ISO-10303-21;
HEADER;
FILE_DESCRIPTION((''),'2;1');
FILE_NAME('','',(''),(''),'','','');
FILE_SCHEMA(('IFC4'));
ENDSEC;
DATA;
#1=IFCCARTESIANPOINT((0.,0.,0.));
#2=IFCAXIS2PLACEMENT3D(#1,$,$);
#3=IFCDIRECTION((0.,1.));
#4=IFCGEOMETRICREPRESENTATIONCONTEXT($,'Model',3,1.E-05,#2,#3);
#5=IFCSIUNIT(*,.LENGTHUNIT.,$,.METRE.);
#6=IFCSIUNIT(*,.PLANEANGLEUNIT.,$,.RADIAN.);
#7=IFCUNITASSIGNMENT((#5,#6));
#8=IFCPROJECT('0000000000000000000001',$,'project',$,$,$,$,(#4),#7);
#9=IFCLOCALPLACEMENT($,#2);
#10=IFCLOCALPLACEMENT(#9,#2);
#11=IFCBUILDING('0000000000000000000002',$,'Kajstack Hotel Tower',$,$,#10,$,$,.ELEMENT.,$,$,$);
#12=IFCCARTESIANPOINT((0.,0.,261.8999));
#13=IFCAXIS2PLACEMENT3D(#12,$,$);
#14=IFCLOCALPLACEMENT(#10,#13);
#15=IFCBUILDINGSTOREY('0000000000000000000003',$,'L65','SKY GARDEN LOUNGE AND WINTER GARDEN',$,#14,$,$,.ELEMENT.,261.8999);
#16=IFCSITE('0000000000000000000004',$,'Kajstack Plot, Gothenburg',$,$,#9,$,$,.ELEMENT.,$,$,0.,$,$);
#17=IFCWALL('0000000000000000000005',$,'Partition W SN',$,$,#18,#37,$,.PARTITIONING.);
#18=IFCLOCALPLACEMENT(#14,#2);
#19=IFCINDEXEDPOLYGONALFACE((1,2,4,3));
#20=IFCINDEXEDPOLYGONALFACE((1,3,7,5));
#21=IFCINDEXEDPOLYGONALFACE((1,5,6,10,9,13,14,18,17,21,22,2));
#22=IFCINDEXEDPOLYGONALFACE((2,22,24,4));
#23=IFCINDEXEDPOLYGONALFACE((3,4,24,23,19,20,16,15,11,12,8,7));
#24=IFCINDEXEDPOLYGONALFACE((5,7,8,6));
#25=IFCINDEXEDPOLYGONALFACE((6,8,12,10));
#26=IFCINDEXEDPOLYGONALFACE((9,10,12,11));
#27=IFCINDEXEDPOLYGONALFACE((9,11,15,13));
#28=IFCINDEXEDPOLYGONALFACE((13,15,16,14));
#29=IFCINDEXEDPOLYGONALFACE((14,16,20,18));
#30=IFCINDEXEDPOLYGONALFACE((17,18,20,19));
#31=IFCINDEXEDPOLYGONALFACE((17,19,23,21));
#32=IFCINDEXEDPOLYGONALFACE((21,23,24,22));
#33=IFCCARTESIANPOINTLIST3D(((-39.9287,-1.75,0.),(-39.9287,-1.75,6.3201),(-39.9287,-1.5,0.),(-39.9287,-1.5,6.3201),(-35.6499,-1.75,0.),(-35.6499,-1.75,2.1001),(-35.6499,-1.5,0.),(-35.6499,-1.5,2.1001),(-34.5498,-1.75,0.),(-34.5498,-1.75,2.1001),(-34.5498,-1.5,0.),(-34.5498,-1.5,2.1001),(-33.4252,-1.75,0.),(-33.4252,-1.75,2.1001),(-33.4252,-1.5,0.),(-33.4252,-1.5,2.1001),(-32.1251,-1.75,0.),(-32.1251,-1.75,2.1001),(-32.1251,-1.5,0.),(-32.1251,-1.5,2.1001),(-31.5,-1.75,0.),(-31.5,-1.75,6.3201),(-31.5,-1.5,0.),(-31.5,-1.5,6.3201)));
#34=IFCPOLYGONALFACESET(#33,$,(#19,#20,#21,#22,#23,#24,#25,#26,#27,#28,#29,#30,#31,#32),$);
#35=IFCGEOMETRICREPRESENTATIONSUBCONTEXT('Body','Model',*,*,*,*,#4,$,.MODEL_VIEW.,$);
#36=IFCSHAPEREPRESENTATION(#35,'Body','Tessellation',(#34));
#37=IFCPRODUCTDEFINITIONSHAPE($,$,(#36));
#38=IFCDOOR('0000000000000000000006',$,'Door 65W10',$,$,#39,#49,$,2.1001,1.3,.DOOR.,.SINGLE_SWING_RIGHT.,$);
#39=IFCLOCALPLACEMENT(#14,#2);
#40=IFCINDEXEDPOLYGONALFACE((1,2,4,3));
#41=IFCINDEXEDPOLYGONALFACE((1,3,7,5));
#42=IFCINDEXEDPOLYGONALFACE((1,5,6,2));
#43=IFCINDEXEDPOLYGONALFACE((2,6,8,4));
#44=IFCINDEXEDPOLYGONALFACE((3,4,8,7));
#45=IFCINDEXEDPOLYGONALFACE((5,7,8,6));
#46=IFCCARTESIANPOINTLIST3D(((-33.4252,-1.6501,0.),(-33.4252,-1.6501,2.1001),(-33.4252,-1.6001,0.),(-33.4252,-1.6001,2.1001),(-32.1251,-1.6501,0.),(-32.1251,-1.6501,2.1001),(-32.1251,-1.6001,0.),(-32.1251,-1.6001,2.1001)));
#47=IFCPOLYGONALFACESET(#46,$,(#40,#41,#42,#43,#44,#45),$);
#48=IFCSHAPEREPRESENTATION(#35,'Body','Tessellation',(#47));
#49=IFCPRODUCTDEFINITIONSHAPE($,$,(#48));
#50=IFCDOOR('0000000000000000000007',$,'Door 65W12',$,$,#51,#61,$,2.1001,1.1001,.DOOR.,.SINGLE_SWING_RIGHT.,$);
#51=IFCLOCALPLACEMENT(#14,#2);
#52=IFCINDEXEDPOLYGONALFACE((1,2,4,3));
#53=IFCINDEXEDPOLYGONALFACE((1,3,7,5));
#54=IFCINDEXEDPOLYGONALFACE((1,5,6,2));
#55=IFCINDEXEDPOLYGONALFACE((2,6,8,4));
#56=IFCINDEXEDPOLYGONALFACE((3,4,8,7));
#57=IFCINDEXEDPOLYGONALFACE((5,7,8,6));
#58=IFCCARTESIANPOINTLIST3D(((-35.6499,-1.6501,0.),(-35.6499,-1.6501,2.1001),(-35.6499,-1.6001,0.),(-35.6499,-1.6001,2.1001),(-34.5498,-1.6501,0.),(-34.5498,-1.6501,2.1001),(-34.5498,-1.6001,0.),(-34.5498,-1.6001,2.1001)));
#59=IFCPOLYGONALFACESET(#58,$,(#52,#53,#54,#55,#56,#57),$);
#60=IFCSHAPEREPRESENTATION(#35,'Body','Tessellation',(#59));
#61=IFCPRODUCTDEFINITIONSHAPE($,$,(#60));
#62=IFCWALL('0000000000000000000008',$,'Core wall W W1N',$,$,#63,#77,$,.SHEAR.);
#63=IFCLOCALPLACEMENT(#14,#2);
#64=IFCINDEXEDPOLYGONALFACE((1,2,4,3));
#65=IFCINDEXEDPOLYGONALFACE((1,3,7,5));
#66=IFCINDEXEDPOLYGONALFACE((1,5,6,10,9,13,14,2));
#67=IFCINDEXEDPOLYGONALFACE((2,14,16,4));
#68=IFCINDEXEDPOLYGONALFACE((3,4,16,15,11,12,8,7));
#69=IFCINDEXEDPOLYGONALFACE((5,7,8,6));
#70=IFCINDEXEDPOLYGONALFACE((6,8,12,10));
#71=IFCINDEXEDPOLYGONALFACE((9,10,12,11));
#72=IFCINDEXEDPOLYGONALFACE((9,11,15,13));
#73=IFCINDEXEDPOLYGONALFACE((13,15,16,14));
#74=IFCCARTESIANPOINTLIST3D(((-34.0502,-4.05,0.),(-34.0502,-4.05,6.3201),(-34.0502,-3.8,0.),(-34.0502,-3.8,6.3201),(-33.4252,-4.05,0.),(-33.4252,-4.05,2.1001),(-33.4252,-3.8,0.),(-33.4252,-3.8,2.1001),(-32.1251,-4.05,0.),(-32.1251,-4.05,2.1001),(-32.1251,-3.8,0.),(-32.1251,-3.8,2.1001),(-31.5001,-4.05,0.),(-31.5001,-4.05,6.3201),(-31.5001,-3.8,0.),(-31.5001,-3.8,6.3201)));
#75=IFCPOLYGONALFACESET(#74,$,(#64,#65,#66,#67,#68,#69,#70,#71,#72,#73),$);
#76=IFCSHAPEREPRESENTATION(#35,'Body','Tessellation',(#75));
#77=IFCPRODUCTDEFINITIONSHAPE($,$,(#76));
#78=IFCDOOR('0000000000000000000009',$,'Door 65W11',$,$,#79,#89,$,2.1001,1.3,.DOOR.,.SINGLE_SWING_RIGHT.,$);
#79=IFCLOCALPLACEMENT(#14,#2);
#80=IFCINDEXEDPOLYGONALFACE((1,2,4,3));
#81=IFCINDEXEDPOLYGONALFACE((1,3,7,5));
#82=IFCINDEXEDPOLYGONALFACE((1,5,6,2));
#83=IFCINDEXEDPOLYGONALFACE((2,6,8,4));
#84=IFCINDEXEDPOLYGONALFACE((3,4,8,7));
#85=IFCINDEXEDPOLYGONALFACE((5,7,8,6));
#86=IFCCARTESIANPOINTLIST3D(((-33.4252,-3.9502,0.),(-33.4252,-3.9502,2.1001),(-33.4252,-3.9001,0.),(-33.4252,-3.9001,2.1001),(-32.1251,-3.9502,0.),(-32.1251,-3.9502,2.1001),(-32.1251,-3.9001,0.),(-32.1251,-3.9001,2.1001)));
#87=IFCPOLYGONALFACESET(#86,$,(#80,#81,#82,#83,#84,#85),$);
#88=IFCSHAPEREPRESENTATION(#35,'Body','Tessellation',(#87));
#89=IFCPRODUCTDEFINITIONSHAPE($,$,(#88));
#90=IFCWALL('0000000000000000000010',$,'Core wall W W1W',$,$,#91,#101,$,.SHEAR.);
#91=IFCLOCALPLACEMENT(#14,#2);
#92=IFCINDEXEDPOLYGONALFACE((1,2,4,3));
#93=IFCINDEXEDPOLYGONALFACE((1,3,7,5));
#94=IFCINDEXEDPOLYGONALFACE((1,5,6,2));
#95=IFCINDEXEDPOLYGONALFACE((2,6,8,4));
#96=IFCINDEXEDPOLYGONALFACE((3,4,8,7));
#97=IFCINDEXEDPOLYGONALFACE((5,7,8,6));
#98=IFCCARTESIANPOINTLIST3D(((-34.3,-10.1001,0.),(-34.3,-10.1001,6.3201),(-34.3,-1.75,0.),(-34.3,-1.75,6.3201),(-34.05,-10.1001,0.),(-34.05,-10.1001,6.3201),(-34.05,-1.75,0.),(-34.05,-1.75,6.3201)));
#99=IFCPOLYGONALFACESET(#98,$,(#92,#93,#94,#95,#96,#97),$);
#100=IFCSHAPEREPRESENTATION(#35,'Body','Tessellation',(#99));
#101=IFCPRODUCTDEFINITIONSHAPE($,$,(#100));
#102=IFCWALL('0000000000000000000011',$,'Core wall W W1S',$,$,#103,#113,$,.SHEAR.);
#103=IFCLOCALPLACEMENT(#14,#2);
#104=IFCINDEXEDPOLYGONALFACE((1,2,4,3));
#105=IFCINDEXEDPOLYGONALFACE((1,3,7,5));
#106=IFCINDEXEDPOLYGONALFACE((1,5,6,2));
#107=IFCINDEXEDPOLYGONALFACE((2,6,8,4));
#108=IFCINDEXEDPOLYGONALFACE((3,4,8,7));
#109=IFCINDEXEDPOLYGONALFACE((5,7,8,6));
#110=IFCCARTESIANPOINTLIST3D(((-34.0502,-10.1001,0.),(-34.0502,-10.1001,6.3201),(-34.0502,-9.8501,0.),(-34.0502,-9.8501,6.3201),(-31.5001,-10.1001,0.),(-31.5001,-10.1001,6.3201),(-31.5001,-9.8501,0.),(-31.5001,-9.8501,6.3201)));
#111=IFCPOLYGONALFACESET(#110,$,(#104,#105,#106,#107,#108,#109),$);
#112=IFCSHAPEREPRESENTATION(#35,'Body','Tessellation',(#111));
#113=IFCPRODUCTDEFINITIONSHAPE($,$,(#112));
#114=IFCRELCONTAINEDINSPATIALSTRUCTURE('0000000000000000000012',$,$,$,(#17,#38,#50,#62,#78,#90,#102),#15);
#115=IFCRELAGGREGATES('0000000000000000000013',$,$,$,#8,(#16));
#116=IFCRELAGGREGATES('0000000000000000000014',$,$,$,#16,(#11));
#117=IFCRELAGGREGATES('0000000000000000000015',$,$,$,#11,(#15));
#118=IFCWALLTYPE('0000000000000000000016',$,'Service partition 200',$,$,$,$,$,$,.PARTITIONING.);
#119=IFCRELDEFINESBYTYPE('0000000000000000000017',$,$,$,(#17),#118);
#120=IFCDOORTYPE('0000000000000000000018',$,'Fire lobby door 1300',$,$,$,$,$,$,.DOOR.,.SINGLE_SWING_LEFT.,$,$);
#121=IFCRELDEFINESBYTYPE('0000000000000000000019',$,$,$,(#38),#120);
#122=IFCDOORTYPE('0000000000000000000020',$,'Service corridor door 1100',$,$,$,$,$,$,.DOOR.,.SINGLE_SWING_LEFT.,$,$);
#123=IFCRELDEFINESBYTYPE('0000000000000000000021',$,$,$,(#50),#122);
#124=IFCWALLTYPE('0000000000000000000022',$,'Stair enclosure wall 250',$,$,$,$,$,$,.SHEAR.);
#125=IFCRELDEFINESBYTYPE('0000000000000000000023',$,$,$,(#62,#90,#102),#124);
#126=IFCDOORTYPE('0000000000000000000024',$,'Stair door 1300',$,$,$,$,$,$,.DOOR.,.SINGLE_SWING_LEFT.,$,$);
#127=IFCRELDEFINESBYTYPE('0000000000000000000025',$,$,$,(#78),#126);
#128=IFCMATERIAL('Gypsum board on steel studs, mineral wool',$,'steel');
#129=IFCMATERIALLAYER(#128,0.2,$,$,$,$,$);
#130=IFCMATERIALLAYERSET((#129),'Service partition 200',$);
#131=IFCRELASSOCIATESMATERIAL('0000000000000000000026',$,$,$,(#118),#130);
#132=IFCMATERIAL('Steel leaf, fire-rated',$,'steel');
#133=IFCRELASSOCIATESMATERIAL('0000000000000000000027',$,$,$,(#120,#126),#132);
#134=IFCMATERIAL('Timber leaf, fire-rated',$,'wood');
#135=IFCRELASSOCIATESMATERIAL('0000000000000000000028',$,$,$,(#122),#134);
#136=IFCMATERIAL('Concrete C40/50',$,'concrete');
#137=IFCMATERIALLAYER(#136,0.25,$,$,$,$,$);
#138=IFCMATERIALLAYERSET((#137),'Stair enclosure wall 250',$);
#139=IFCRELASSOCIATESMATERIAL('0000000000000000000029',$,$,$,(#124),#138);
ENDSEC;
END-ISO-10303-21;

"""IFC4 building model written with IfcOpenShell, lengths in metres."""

from ifc_helpers import new_model, si_unit, direction, frame, frame_2d, origin, place, context, subcontext, project, spatial, rectangle, extrude, material, layer, layer_set, type_object, element, fill, save


model = new_model("IFC4")

# Units and contexts
model_context = context("Model", 3, precision=1e-05, world=origin(), true_north=direction((0.0, 1.0)))
body_context = subcontext(model_context, "Body", "Model", "MODEL_VIEW")
ifc_project = project(units=[si_unit("LENGTHUNIT", "METRE"), si_unit("PLANEANGLEUNIT", "RADIAN")], contexts=[model_context])

# Site, building, storey
site_placement = place(None, origin())
site = spatial("IfcSite", under=ifc_project, at=site_placement, Name="Kajstack Plot, Gothenburg", CompositionType="ELEMENT", RefElevation=0.0)
building_placement = place(site_placement, origin())
building = spatial("IfcBuilding", under=site, at=building_placement, Name="Kajstack Hotel Tower", CompositionType="ELEMENT")
storey_placement = place(building_placement, frame((0.0, 0.0, 261.8999)))
storey = spatial("IfcBuildingStorey", under=building, at=storey_placement, Name="L65", Description="SKY GARDEN LOUNGE AND WINTER GARDEN", CompositionType="ELEMENT", Elevation=261.8999)

# Wall, openings, doors
ifc_material_1 = material(Name="Gypsum board on steel studs, mineral wool", Category="steel")
ifc_layer_1 = layer(ifc_material_1, 0.2)
ifc_layer_set_1 = layer_set([ifc_layer_1], Name="Service partition 200")
wall_type_1 = type_object("IfcWallType", Name="Service partition 200", PredefinedType="PARTITIONING", material=ifc_layer_set_1)
wall_1_placement = place(storey_placement, frame((-39.9287, -1.625, 0.0), z_axis=(0.0, 0.0, 1.0), x_axis=(1.0, 0.0, 0.0)))
wall_1 = element("IfcWall", 1, at=wall_1_placement, inside=storey, type_object=wall_type_1, Name="Partition W SN", PredefinedType="PARTITIONING", context=body_context, shape_type="SweptSolid", body=[
    extrude(rectangle(XDim=8.4287, YDim=0.25, at=frame_2d((4.2144, 0.0))), origin(), (0.0, 0.0, 1.0), 6.3201),
])
opening_1_placement = place(wall_1_placement, frame((6.5037, 0.0, 0.0)))
opening_1 = element("IfcOpeningElement", 2, at=opening_1_placement, cuts=wall_1, PredefinedType="OPENING", context=body_context, shape_type="SweptSolid", body=[
    extrude(rectangle(XDim=1.3, YDim=2.1001, at=frame_2d((0.6499, 1.05))), frame((0.0, 0.135, 0.0), z_axis=(0.0, -1.0, 0.0), x_axis=(1.0, 0.0, 0.0)), (0.0, 0.0, 1.0), 0.27),
])
opening_2_placement = place(wall_1_placement, frame((4.2788, 0.0, 0.0)))
opening_2 = element("IfcOpeningElement", 3, at=opening_2_placement, cuts=wall_1, PredefinedType="OPENING", context=body_context, shape_type="SweptSolid", body=[
    extrude(rectangle(XDim=1.1001, YDim=2.1001, at=frame_2d((0.55, 1.05))), frame((0.0, 0.135, 0.0), z_axis=(0.0, -1.0, 0.0), x_axis=(1.0, 0.0, 0.0)), (0.0, 0.0, 1.0), 0.27),
])
ifc_material_2 = material(Name="Steel leaf, fire-rated", Category="steel")
door_type_1 = type_object("IfcDoorType", Name="Fire lobby door 1300", OperationType="SINGLE_SWING_LEFT", PredefinedType="DOOR", material=ifc_material_2)
door_1_placement = place(opening_1_placement, origin())
door_1 = element("IfcDoor", 4, at=door_1_placement, inside=storey, type_object=door_type_1, Name="Door 65W10", OperationType="SINGLE_SWING_RIGHT", OverallHeight=2.1001, OverallWidth=1.3, PredefinedType="DOOR", context=body_context, shape_type="SweptSolid", body=[
    extrude(rectangle(XDim=1.3, YDim=2.1001, at=frame_2d((0.6499, 1.05))), frame((0.0, 0.0249, 0.0), z_axis=(0.0, -1.0, 0.0), x_axis=(1.0, 0.0, 0.0)), (0.0, 0.0, 1.0), 0.05),
])
fill(opening_1, door_1)
ifc_material_3 = material(Name="Timber leaf, fire-rated", Category="wood")
door_type_2 = type_object("IfcDoorType", Name="Service corridor door 1100", OperationType="SINGLE_SWING_LEFT", PredefinedType="DOOR", material=ifc_material_3)
door_2_placement = place(opening_2_placement, origin())
door_2 = element("IfcDoor", 5, at=door_2_placement, inside=storey, type_object=door_type_2, Name="Door 65W12", OperationType="SINGLE_SWING_RIGHT", OverallHeight=2.1001, OverallWidth=1.1001, PredefinedType="DOOR", context=body_context, shape_type="SweptSolid", body=[
    extrude(rectangle(XDim=1.1001, YDim=2.1001, at=frame_2d((0.55, 1.05))), frame((0.0, 0.0249, 0.0), z_axis=(0.0, -1.0, 0.0), x_axis=(1.0, 0.0, 0.0)), (0.0, 0.0, 1.0), 0.05),
])
fill(opening_2, door_2)

# Wall, opening, door
ifc_material_4 = material(Name="Concrete C40/50", Category="concrete")
ifc_layer_2 = layer(ifc_material_4, 0.25)
ifc_layer_set_2 = layer_set([ifc_layer_2], Name="Stair enclosure wall 250")
wall_type_2 = type_object("IfcWallType", Name="Stair enclosure wall 250", PredefinedType="SHEAR", material=ifc_layer_set_2)
wall_2_placement = place(storey_placement, frame((-34.05, -3.925, 0.0), z_axis=(0.0, 0.0, 1.0), x_axis=(1.0, 0.0, 0.0)))
wall_2 = element("IfcWall", 6, at=wall_2_placement, inside=storey, type_object=wall_type_2, Name="Core wall W W1N", PredefinedType="SHEAR", context=body_context, shape_type="SweptSolid", body=[
    extrude(rectangle(XDim=2.55, YDim=0.25, at=frame_2d((1.2749, 0.0))), origin(), (0.0, 0.0, 1.0), 6.3201),
])
opening_3_placement = place(wall_2_placement, frame((0.625, 0.0, 0.0)))
opening_3 = element("IfcOpeningElement", 7, at=opening_3_placement, cuts=wall_2, PredefinedType="OPENING", context=body_context, shape_type="SweptSolid", body=[
    extrude(rectangle(XDim=1.3, YDim=2.1001, at=frame_2d((0.6499, 1.05))), frame((0.0, 0.135, 0.0), z_axis=(0.0, -1.0, 0.0), x_axis=(1.0, 0.0, 0.0)), (0.0, 0.0, 1.0), 0.27),
])
door_type_3 = type_object("IfcDoorType", Name="Stair door 1300", OperationType="SINGLE_SWING_LEFT", PredefinedType="DOOR", material=ifc_material_2)
door_3_placement = place(opening_3_placement, origin())
door_3 = element("IfcDoor", 8, at=door_3_placement, inside=storey, type_object=door_type_3, Name="Door 65W11", OperationType="SINGLE_SWING_RIGHT", OverallHeight=2.1001, OverallWidth=1.3, PredefinedType="DOOR", context=body_context, shape_type="SweptSolid", body=[
    extrude(rectangle(XDim=1.3, YDim=2.1001, at=frame_2d((0.6499, 1.05))), frame((0.0, 0.0249, 0.0), z_axis=(0.0, -1.0, 0.0), x_axis=(1.0, 0.0, 0.0)), (0.0, 0.0, 1.0), 0.05),
])
fill(opening_3, door_3)

# Walls
wall_3_placement = place(storey_placement, frame((-34.175, -10.1001, 0.0), z_axis=(0.0, 0.0, 1.0), x_axis=(0.0, 1.0, 0.0)))
element("IfcWall", 9, at=wall_3_placement, inside=storey, type_object=wall_type_2, Name="Core wall W W1W", PredefinedType="SHEAR", context=body_context, shape_type="SweptSolid", body=[
    extrude(rectangle(XDim=8.3501, YDim=0.25, at=frame_2d((4.175, 0.0))), origin(), (0.0, 0.0, 1.0), 6.3201),
])
wall_4_placement = place(storey_placement, frame((-34.05, -9.9751, 0.0), z_axis=(0.0, 0.0, 1.0), x_axis=(1.0, 0.0, 0.0)))
element("IfcWall", 10, at=wall_4_placement, inside=storey, type_object=wall_type_2, Name="Core wall W W1S", PredefinedType="SHEAR", context=body_context, shape_type="SweptSolid", body=[
    extrude(rectangle(XDim=2.55, YDim=0.25, at=frame_2d((1.2749, 0.0))), origin(), (0.0, 0.0, 1.0), 6.3201),
])

save(model, "model.ifc")
